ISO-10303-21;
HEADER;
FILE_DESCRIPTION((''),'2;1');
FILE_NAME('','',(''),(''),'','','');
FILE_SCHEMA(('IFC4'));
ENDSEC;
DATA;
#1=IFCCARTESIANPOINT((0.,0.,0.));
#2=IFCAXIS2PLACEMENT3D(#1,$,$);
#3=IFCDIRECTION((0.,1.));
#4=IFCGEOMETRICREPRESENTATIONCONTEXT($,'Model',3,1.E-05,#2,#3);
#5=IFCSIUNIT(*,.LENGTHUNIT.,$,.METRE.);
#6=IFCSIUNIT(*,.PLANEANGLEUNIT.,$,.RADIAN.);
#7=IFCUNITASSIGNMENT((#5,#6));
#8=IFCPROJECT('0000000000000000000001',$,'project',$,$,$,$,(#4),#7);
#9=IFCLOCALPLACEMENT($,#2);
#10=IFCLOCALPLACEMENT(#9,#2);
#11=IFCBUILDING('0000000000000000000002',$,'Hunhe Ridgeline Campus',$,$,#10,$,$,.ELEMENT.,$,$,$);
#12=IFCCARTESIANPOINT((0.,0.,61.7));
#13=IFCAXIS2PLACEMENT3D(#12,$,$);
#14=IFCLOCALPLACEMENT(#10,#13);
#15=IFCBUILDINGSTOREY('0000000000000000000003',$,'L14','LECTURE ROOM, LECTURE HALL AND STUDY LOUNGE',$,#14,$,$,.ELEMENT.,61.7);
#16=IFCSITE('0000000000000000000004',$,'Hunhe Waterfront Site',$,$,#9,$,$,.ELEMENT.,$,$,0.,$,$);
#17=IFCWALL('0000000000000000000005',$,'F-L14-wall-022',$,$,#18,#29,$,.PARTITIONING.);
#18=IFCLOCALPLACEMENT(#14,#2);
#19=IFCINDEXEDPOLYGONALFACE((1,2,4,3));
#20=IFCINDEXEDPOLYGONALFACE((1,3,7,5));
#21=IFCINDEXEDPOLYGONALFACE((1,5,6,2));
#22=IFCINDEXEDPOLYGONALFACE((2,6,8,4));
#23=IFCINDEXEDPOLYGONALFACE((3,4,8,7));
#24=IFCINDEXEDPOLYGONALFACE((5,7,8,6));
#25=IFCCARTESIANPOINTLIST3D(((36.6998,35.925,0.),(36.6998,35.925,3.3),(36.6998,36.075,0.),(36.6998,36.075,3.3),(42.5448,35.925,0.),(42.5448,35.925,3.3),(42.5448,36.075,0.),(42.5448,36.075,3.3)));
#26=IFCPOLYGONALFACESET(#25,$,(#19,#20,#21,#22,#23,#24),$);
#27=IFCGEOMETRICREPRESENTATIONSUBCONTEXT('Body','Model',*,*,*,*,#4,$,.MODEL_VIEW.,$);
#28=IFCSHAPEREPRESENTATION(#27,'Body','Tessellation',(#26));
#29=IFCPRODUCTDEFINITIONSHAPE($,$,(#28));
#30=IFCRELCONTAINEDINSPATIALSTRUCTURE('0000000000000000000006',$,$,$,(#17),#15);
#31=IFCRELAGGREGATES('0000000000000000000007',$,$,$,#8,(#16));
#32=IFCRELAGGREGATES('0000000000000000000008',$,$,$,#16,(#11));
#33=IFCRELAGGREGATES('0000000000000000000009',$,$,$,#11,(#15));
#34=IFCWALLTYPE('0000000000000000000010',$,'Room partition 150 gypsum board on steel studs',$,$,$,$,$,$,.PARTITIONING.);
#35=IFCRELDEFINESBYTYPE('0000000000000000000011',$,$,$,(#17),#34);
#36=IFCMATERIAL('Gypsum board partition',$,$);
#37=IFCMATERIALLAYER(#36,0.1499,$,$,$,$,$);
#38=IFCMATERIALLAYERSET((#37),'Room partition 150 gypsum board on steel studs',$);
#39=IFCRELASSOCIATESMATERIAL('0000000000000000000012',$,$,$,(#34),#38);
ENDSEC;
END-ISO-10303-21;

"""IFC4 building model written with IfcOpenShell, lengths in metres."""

from ifc_helpers import new_model, si_unit, direction, frame, frame_2d, origin, place, context, subcontext, project, spatial, rectangle, extrude, material, layer, layer_set, type_object, element, save


model = new_model("IFC4")

# Units and contexts
model_context = context("Model", 3, precision=1e-05, world=origin(), true_north=direction((0.0, 1.0)))
body_context = subcontext(model_context, "Body", "Model", "MODEL_VIEW")
ifc_project = project(units=[si_unit("LENGTHUNIT", "METRE"), si_unit("PLANEANGLEUNIT", "RADIAN")], contexts=[model_context])

# Site, building, storey
site_placement = place(None, origin())
site = spatial("IfcSite", under=ifc_project, at=site_placement, Name="Hunhe Waterfront Site", CompositionType="ELEMENT", RefElevation=0.0)
building_placement = place(site_placement, origin())
building = spatial("IfcBuilding", under=site, at=building_placement, Name="Hunhe Ridgeline Campus", CompositionType="ELEMENT")
storey_placement = place(building_placement, frame((0.0, 0.0, 61.7)))
storey = spatial("IfcBuildingStorey", under=building, at=storey_placement, Name="L14", Description="LECTURE ROOM, LECTURE HALL AND STUDY LOUNGE", CompositionType="ELEMENT", Elevation=61.7)

# Wall
ifc_material_1 = material(Name="Gypsum board partition")
ifc_layer_1 = layer(ifc_material_1, 0.1499)
ifc_layer_set_1 = layer_set([ifc_layer_1], Name="Room partition 150 gypsum board on steel studs")
wall_type = type_object("IfcWallType", Name="Room partition 150 gypsum board on steel studs", PredefinedType="PARTITIONING", material=ifc_layer_set_1)
wall_1_placement = place(storey_placement, frame((36.7, 36.0, 0.0), z_axis=(0.0, 0.0, 1.0), x_axis=(1.0, 0.0, 0.0)))
element("IfcWall", 1, at=wall_1_placement, inside=storey, type_object=wall_type, Name="F-L14-wall-022", PredefinedType="PARTITIONING", context=body_context, shape_type="SweptSolid", body=[
    extrude(rectangle(XDim=5.845, YDim=0.1499, at=frame_2d((2.9224, 0.0))), origin(), (0.0, 0.0, 1.0), 3.3),
])

save(model, "model.ifc")
